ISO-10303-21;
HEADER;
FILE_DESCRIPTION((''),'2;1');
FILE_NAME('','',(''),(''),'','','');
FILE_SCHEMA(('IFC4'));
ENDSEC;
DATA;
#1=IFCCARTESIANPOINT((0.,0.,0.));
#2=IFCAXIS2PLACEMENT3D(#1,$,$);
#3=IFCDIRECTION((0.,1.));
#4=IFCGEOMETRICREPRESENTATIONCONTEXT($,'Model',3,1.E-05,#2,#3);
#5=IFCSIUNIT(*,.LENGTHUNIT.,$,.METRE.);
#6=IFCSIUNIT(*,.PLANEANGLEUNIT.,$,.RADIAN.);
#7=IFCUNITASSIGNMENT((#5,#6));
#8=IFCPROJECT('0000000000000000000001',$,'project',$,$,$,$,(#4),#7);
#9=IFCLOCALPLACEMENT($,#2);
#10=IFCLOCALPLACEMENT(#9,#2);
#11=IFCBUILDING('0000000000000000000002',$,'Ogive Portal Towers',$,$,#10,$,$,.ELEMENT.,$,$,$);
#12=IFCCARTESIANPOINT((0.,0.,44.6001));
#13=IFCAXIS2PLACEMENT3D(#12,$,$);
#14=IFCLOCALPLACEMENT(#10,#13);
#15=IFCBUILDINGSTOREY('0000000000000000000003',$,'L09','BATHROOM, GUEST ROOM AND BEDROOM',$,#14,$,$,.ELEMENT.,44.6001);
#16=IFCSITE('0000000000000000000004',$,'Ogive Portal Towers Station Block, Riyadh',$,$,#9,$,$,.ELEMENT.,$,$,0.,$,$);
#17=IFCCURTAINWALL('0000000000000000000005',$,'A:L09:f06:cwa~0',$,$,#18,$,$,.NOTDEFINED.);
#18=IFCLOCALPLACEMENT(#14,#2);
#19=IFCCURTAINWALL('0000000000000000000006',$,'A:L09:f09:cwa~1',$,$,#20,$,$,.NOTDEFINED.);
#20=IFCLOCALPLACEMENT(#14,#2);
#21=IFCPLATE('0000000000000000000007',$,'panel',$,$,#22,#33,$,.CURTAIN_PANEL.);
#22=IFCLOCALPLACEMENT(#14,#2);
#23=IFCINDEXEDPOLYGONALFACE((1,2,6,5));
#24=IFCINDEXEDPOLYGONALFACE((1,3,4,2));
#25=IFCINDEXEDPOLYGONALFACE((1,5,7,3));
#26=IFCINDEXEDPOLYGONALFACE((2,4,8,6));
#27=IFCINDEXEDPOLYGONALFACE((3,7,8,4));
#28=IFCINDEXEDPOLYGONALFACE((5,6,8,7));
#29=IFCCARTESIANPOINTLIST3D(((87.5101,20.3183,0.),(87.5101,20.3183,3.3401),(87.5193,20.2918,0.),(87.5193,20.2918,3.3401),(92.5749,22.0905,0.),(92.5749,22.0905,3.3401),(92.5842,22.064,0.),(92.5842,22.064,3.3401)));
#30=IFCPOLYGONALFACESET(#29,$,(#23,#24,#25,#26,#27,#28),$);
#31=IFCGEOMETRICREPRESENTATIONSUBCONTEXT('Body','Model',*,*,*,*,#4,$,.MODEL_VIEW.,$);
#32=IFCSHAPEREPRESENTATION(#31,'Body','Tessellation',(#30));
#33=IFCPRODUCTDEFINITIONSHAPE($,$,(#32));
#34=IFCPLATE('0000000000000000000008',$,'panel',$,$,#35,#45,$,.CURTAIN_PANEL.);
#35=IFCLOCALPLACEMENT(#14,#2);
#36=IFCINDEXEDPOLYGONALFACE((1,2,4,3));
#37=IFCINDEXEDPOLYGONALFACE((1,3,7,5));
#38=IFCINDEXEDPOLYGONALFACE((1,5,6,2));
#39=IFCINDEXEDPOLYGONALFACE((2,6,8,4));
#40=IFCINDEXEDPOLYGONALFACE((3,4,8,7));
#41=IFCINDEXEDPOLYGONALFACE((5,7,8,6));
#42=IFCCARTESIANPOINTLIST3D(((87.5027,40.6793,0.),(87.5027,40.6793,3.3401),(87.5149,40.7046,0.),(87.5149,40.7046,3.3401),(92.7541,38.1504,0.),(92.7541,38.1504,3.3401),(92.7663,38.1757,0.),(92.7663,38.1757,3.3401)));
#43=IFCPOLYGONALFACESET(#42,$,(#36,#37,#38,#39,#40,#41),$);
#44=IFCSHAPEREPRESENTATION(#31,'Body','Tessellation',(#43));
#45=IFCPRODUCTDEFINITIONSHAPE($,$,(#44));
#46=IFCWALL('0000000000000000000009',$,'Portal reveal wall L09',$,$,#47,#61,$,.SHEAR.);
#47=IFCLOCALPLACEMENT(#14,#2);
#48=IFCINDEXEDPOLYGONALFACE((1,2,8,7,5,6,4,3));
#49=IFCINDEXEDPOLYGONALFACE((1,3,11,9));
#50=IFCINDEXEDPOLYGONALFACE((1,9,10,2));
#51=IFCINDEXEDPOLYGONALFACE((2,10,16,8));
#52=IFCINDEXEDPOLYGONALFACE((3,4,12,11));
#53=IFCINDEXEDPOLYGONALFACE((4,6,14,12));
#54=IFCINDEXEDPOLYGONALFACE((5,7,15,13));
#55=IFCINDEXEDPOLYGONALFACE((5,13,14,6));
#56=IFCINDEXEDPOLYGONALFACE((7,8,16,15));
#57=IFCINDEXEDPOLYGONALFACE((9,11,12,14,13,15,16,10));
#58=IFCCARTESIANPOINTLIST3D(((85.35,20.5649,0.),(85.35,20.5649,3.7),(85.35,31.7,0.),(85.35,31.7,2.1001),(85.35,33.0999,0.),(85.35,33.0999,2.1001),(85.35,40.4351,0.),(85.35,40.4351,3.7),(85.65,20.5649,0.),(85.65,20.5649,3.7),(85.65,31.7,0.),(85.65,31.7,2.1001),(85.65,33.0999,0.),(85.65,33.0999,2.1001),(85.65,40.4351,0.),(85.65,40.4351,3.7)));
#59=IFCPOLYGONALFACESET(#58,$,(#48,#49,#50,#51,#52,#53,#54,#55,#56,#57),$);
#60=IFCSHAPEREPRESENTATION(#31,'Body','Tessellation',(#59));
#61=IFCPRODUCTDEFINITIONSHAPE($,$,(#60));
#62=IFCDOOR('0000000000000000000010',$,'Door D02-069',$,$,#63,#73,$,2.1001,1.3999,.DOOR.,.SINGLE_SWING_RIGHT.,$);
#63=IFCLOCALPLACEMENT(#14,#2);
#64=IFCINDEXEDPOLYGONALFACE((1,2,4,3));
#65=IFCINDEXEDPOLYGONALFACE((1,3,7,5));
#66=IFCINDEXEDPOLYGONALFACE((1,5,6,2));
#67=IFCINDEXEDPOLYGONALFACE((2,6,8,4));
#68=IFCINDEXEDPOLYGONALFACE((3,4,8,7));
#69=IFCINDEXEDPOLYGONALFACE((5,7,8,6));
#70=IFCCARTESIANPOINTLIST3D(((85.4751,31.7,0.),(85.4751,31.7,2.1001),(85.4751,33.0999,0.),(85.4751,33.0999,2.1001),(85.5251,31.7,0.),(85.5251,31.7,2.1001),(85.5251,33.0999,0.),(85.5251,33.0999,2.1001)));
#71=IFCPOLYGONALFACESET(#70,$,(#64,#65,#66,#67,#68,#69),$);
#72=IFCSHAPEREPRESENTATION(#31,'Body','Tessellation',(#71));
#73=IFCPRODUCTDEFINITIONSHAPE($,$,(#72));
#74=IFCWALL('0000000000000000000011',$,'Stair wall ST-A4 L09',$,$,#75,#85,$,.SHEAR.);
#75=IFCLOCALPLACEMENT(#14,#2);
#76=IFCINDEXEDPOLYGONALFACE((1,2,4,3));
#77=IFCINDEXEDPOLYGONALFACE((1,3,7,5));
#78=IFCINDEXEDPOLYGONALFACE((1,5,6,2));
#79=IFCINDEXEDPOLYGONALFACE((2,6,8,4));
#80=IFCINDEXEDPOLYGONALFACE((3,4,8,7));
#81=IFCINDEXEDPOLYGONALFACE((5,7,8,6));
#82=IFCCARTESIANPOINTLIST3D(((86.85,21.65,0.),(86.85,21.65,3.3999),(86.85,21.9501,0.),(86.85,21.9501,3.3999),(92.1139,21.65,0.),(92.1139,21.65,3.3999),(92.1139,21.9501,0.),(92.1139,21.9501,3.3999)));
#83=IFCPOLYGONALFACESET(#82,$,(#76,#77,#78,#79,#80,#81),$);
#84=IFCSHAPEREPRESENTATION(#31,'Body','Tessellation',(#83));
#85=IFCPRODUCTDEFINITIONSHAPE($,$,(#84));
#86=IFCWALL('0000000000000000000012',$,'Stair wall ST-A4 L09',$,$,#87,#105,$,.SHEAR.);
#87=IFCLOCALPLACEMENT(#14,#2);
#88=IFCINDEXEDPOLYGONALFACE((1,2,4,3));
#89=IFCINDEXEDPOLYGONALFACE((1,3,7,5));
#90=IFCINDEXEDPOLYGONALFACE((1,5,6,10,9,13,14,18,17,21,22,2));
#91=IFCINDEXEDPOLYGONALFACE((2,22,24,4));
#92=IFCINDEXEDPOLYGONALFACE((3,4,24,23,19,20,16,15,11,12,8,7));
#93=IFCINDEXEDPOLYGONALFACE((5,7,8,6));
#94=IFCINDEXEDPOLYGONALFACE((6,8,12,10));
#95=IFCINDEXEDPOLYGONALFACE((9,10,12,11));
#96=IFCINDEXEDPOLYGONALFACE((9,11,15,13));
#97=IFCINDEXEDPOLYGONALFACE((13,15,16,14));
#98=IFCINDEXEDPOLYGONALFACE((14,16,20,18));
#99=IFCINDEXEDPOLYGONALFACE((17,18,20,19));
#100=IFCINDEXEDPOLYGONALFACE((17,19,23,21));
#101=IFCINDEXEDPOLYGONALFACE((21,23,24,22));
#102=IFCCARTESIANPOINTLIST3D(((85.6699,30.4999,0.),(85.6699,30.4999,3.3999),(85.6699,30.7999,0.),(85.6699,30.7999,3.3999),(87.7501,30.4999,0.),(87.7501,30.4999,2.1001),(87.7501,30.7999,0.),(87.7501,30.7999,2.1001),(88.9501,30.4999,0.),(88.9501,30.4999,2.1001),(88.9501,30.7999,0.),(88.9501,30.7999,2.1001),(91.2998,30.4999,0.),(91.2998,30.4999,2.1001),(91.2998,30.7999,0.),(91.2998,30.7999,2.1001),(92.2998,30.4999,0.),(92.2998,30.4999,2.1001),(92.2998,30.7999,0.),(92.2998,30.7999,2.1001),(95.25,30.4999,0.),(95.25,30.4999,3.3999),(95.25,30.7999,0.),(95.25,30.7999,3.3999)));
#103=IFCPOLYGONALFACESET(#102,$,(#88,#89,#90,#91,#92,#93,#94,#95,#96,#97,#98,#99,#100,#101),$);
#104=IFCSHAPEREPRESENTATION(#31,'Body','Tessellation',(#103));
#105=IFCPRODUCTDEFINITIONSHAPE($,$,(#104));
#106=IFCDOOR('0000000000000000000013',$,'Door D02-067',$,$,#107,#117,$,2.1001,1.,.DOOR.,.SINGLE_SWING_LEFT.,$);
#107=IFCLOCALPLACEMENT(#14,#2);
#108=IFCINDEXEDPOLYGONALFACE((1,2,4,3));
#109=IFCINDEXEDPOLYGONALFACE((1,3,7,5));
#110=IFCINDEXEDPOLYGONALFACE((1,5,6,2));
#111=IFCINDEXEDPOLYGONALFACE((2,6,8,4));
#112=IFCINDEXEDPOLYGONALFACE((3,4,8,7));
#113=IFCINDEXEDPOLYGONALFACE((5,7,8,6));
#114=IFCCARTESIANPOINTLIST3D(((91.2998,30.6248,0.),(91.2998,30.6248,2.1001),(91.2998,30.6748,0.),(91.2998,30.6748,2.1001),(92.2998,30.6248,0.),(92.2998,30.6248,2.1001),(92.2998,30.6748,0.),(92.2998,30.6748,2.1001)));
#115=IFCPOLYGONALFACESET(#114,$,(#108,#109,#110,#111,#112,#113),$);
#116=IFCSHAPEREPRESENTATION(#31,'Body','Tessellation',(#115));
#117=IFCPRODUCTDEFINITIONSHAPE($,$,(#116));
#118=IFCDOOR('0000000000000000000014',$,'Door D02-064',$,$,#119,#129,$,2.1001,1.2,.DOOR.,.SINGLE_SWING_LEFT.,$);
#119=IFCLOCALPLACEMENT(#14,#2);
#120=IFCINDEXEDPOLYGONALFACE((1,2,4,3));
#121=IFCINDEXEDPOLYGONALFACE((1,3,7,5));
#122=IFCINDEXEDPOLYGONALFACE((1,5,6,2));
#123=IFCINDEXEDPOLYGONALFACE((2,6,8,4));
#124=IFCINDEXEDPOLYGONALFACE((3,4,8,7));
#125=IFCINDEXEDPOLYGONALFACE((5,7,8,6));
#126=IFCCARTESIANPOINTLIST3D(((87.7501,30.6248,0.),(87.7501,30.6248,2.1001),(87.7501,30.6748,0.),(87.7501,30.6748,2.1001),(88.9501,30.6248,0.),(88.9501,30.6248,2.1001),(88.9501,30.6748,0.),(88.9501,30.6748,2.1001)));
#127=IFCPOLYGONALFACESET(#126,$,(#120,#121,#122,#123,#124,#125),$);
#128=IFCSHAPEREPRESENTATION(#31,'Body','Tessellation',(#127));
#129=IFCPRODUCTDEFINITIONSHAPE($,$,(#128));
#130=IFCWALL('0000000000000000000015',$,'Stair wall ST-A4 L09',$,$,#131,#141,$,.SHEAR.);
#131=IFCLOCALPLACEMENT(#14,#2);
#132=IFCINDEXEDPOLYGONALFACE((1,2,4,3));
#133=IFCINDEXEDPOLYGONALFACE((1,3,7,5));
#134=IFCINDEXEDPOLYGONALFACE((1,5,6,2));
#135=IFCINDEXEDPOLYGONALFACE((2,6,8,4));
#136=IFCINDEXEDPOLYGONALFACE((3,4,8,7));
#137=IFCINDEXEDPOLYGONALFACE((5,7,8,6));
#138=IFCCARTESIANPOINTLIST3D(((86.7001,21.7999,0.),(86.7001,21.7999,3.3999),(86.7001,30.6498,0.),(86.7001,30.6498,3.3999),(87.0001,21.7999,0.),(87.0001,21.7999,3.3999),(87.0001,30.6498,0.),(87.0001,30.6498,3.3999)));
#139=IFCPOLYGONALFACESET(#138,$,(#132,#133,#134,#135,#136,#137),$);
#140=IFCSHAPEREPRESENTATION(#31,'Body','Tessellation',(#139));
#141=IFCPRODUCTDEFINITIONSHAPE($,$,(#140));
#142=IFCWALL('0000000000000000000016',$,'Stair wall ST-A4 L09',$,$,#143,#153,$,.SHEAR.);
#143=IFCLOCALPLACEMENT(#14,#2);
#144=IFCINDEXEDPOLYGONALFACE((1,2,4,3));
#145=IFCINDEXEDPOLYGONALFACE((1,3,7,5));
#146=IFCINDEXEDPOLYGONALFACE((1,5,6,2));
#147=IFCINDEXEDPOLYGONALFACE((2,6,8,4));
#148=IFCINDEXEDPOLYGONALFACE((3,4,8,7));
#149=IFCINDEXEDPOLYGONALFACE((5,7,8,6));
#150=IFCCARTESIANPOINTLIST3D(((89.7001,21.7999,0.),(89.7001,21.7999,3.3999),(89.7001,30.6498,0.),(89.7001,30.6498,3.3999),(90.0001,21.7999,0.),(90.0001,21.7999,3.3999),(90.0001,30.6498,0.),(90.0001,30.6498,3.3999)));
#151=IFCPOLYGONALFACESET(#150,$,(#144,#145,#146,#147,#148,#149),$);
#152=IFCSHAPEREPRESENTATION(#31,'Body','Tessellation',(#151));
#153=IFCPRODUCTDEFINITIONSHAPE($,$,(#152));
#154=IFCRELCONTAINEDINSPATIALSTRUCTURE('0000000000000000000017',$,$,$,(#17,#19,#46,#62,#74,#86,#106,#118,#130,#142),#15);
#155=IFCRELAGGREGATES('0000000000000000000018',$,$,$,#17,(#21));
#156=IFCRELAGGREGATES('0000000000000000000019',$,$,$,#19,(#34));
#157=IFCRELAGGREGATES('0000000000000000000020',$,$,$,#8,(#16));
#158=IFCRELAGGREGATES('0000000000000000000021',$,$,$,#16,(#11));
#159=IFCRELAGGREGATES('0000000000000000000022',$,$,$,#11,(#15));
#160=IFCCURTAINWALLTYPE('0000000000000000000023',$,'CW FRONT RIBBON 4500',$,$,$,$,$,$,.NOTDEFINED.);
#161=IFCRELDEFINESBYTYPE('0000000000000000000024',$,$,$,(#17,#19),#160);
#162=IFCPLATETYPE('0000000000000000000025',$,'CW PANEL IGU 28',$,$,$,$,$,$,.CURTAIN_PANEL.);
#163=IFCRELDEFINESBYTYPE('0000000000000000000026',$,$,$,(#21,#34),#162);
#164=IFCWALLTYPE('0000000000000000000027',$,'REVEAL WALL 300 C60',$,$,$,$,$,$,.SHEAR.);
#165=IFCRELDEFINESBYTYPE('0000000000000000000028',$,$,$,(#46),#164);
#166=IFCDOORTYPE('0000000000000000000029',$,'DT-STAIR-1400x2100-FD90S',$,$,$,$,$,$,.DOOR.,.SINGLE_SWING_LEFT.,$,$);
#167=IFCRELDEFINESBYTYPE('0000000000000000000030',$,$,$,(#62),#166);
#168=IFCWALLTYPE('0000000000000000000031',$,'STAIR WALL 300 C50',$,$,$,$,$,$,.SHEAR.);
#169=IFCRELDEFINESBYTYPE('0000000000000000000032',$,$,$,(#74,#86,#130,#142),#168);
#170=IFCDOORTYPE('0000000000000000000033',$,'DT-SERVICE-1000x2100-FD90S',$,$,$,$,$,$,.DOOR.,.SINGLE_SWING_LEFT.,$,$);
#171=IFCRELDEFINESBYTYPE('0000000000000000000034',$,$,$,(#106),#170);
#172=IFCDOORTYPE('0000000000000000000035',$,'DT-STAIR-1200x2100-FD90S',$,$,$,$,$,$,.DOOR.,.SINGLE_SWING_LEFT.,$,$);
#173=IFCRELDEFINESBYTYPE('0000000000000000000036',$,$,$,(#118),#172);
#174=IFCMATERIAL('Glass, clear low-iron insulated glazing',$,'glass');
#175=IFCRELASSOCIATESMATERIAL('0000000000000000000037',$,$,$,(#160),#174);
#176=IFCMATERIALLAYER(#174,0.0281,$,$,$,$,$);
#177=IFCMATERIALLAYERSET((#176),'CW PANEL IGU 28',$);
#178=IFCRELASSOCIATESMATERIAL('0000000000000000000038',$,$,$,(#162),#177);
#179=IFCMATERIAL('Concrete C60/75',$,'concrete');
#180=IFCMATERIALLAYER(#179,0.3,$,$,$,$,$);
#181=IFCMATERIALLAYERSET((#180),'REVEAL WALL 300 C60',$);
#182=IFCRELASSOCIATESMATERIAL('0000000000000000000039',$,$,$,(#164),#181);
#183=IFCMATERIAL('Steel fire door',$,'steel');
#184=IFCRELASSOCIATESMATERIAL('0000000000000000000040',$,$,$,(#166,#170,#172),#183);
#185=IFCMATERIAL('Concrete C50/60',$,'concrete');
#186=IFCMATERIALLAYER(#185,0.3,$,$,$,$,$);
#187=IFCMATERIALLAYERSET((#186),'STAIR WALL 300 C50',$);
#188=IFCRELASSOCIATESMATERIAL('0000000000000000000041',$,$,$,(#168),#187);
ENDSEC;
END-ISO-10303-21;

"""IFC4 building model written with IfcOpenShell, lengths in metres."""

from ifc_helpers import new_model, si_unit, direction, frame, frame_2d, origin, origin_2d, place, context, subcontext, project, spatial, rectangle, extrude, material, layer, layer_set, type_object, element, fill, aggregate, save


model = new_model("IFC4")

# Units and contexts
model_context = context("Model", 3, precision=1e-05, world=origin(), true_north=direction((0.0, 1.0)))
body_context = subcontext(model_context, "Body", "Model", "MODEL_VIEW")
ifc_project = project(units=[si_unit("LENGTHUNIT", "METRE"), si_unit("PLANEANGLEUNIT", "RADIAN")], contexts=[model_context])

# Site, building, storey
site_placement = place(None, origin())
site = spatial("IfcSite", under=ifc_project, at=site_placement, Name="Ogive Portal Towers Station Block, Riyadh", CompositionType="ELEMENT", RefElevation=0.0)
building_placement = place(site_placement, origin())
building = spatial("IfcBuilding", under=site, at=building_placement, Name="Ogive Portal Towers", CompositionType="ELEMENT")
storey_placement = place(building_placement, frame((0.0, 0.0, 44.6001)))
storey = spatial("IfcBuildingStorey", under=building, at=storey_placement, Name="L09", Description="BATHROOM, GUEST ROOM AND BEDROOM", CompositionType="ELEMENT", Elevation=44.6001)

# Shared definitions
ifc_material_1 = material(Name="Concrete C60/75", Category="concrete")

# Curtain wall
ifc_material_2 = material(Name="Glass, clear low-iron insulated glazing", Category="glass")
curtain_wall_type = type_object("IfcCurtainWallType", Name="CW FRONT RIBBON 4500", PredefinedType="NOTDEFINED", material=ifc_material_2)
curtain_wall_1_placement = place(storey_placement, origin())
curtain_wall_1 = element("IfcCurtainWall", 1, at=curtain_wall_1_placement, inside=storey, type_object=curtain_wall_type, Name="A:L09:f06:cwa~0", PredefinedType="NOTDEFINED")

# Curtain wall
curtain_wall_2_placement = place(storey_placement, origin())
curtain_wall_2 = element("IfcCurtainWall", 2, at=curtain_wall_2_placement, inside=storey, type_object=curtain_wall_type, Name="A:L09:f09:cwa~1", PredefinedType="NOTDEFINED")

# Plates
ifc_layer_1 = layer(ifc_material_2, 0.0281)
ifc_layer_set_1 = layer_set([ifc_layer_1], Name="CW PANEL IGU 28")
plate_type = type_object("IfcPlateType", Name="CW PANEL IGU 28", PredefinedType="CURTAIN_PANEL", material=ifc_layer_set_1)
plate_1_placement = place(storey_placement, frame((90.0471, 21.1912, 0.0), z_axis=(0.0, 0.0, 1.0), x_axis=(0.943883, 0.330279, 0.0)))
plate_1 = element("IfcPlate", 3, at=plate_1_placement, type_object=plate_type, Name="panel", PredefinedType="CURTAIN_PANEL", context=body_context, shape_type="SweptSolid", body=[
    extrude(rectangle(XDim=5.366, YDim=0.0281, at=origin_2d()), origin(), (0.0, 0.0, 1.0), 3.3401),
])
aggregate(curtain_wall_1, [plate_1])
plate_2_placement = place(storey_placement, frame((90.1345, 39.4275, 0.0), z_axis=(0.0, 0.0, 1.0), x_axis=(-0.900969, 0.433884, 0.0)))
plate_2 = element("IfcPlate", 4, at=plate_2_placement, type_object=plate_type, Name="panel", PredefinedType="CURTAIN_PANEL", context=body_context, shape_type="SweptSolid", body=[
    extrude(rectangle(XDim=5.8286, YDim=0.0281, at=origin_2d()), origin(), (0.0, 0.0, 1.0), 3.3401),
])
aggregate(curtain_wall_2, [plate_2])

# Wall, opening, door
ifc_layer_2 = layer(ifc_material_1, 0.3)
ifc_layer_set_2 = layer_set([ifc_layer_2], Name="REVEAL WALL 300 C60")
wall_type_1 = type_object("IfcWallType", Name="REVEAL WALL 300 C60", PredefinedType="SHEAR", material=ifc_layer_set_2)
wall_1_placement = place(storey_placement, frame((85.5, 20.5649, 0.0), z_axis=(0.0, 0.0, 1.0), x_axis=(0.0, 1.0, 0.0)))
wall_1 = element("IfcWall", 5, at=wall_1_placement, inside=storey, type_object=wall_type_1, Name="Portal reveal wall L09", PredefinedType="SHEAR", context=body_context, shape_type="SweptSolid", body=[
    extrude(rectangle(XDim=19.8701, YDim=0.3, at=frame_2d((9.9351, 0.0))), origin(), (0.0, 0.0, 1.0), 3.7),
])
opening_1_placement = place(wall_1_placement, frame((11.135, 0.0, 0.0)))
opening_1 = element("IfcOpeningElement", 6, at=opening_1_placement, cuts=wall_1, PredefinedType="OPENING", context=body_context, shape_type="SweptSolid", body=[
    extrude(rectangle(XDim=1.3999, YDim=2.1001, at=frame_2d((0.7, 1.05))), frame((0.0, 0.1602, 0.0), z_axis=(0.0, -1.0, 0.0), x_axis=(1.0, 0.0, 0.0)), (0.0, 0.0, 1.0), 0.3201),
])
ifc_material_3 = material(Name="Steel fire door", Category="steel")
door_type_1 = type_object("IfcDoorType", Name="DT-STAIR-1400x2100-FD90S", OperationType="SINGLE_SWING_LEFT", PredefinedType="DOOR", material=ifc_material_3)
door_1_placement = place(opening_1_placement, origin())
door_1 = element("IfcDoor", 7, at=door_1_placement, inside=storey, type_object=door_type_1, Name="Door D02-069", OperationType="SINGLE_SWING_RIGHT", OverallHeight=2.1001, OverallWidth=1.3999, PredefinedType="DOOR", context=body_context, shape_type="SweptSolid", body=[
    extrude(rectangle(XDim=1.3999, YDim=2.1001, at=frame_2d((0.7, 1.05))), frame((0.0, 0.0249, 0.0), z_axis=(0.0, -1.0, 0.0), x_axis=(1.0, 0.0, 0.0)), (0.0, 0.0, 1.0), 0.05),
])
fill(opening_1, door_1)

# Wall
ifc_material_4 = material(Name="Concrete C50/60", Category="concrete")
ifc_layer_3 = layer(ifc_material_4, 0.3)
ifc_layer_set_3 = layer_set([ifc_layer_3], Name="STAIR WALL 300 C50")
wall_type_2 = type_object("IfcWallType", Name="STAIR WALL 300 C50", PredefinedType="SHEAR", material=ifc_layer_set_3)
wall_2_placement = place(storey_placement, frame((86.8501, 21.8, 0.0), z_axis=(0.0, 0.0, 1.0), x_axis=(1.0, 0.0, 0.0)))
element("IfcWall", 8, at=wall_2_placement, inside=storey, type_object=wall_type_2, Name="Stair wall ST-A4 L09", PredefinedType="SHEAR", context=body_context, shape_type="SweptSolid", body=[
    extrude(rectangle(XDim=5.2639, YDim=0.3, at=frame_2d((2.6318, 0.0))), origin(), (0.0, 0.0, 1.0), 3.3999),
])

# Wall, openings, doors
wall_3_placement = place(storey_placement, frame((85.6699, 30.6499, 0.0), z_axis=(0.0, 0.0, 1.0), x_axis=(1.0, 0.0, 0.0)))
wall_3 = element("IfcWall", 9, at=wall_3_placement, inside=storey, type_object=wall_type_2, Name="Stair wall ST-A4 L09", PredefinedType="SHEAR", context=body_context, shape_type="SweptSolid", body=[
    extrude(rectangle(XDim=9.5801, YDim=0.3, at=frame_2d((4.79, 0.0))), origin(), (0.0, 0.0, 1.0), 3.3999),
])
opening_2_placement = place(wall_3_placement, frame((2.0801, 0.0, 0.0)))
opening_2 = element("IfcOpeningElement", 10, at=opening_2_placement, cuts=wall_3, PredefinedType="OPENING", context=body_context, shape_type="SweptSolid", body=[
    extrude(rectangle(XDim=1.2, YDim=2.1001, at=frame_2d((0.6001, 1.05))), frame((0.0, 0.1602, 0.0), z_axis=(0.0, -1.0, 0.0), x_axis=(1.0, 0.0, 0.0)), (0.0, 0.0, 1.0), 0.3201),
])
opening_3_placement = place(wall_3_placement, frame((5.6299, 0.0, 0.0)))
opening_3 = element("IfcOpeningElement", 11, at=opening_3_placement, cuts=wall_3, PredefinedType="OPENING", context=body_context, shape_type="SweptSolid", body=[
    extrude(rectangle(XDim=1.0, YDim=2.1001, at=frame_2d((0.5, 1.05))), frame((0.0, 0.1602, 0.0), z_axis=(0.0, -1.0, 0.0), x_axis=(1.0, 0.0, 0.0)), (0.0, 0.0, 1.0), 0.3201),
])
door_type_2 = type_object("IfcDoorType", Name="DT-SERVICE-1000x2100-FD90S", OperationType="SINGLE_SWING_LEFT", PredefinedType="DOOR", material=ifc_material_3)
door_2_placement = place(opening_3_placement, origin())
door_2 = element("IfcDoor", 12, at=door_2_placement, inside=storey, type_object=door_type_2, Name="Door D02-067", OperationType="SINGLE_SWING_LEFT", OverallHeight=2.1001, OverallWidth=1.0, PredefinedType="DOOR", context=body_context, shape_type="SweptSolid", body=[
    extrude(rectangle(XDim=1.0, YDim=2.1001, at=frame_2d((0.5, 1.05))), frame((0.0, 0.0249, 0.0), z_axis=(0.0, -1.0, 0.0), x_axis=(1.0, 0.0, 0.0)), (0.0, 0.0, 1.0), 0.05),
])
fill(opening_3, door_2)
door_type_3 = type_object("IfcDoorType", Name="DT-STAIR-1200x2100-FD90S", OperationType="SINGLE_SWING_LEFT", PredefinedType="DOOR", material=ifc_material_3)
door_3_placement = place(opening_2_placement, origin())
door_3 = element("IfcDoor", 13, at=door_3_placement, inside=storey, type_object=door_type_3, Name="Door D02-064", OperationType="SINGLE_SWING_LEFT", OverallHeight=2.1001, OverallWidth=1.2, PredefinedType="DOOR", context=body_context, shape_type="SweptSolid", body=[
    extrude(rectangle(XDim=1.2, YDim=2.1001, at=frame_2d((0.6001, 1.05))), frame((0.0, 0.0249, 0.0), z_axis=(0.0, -1.0, 0.0), x_axis=(1.0, 0.0, 0.0)), (0.0, 0.0, 1.0), 0.05),
])
fill(opening_2, door_3)

# Walls
for number, where, z_axis, x_axis, name in (
    (14, (86.8501, 21.8, 0.0), (0.0, 0.0, 1.0), (0.0, 1.0, 0.0), "Stair wall ST-A4 L09"),
    (15, (89.8501, 21.8, 0.0), (0.0, 0.0, 1.0), (0.0, 1.0, 0.0), "Stair wall ST-A4 L09"),
):
    element("IfcWall", number, at=place(storey_placement, frame(where, z_axis=z_axis, x_axis=x_axis)), inside=storey, type_object=wall_type_2, Name=name, PredefinedType="SHEAR", context=body_context, shape_type="SweptSolid", body=[
        extrude(rectangle(XDim=8.8499, YDim=0.3, at=frame_2d((4.4248, 0.0))), origin(), (0.0, 0.0, 1.0), 3.3999),
    ])

save(model, "model.ifc")
